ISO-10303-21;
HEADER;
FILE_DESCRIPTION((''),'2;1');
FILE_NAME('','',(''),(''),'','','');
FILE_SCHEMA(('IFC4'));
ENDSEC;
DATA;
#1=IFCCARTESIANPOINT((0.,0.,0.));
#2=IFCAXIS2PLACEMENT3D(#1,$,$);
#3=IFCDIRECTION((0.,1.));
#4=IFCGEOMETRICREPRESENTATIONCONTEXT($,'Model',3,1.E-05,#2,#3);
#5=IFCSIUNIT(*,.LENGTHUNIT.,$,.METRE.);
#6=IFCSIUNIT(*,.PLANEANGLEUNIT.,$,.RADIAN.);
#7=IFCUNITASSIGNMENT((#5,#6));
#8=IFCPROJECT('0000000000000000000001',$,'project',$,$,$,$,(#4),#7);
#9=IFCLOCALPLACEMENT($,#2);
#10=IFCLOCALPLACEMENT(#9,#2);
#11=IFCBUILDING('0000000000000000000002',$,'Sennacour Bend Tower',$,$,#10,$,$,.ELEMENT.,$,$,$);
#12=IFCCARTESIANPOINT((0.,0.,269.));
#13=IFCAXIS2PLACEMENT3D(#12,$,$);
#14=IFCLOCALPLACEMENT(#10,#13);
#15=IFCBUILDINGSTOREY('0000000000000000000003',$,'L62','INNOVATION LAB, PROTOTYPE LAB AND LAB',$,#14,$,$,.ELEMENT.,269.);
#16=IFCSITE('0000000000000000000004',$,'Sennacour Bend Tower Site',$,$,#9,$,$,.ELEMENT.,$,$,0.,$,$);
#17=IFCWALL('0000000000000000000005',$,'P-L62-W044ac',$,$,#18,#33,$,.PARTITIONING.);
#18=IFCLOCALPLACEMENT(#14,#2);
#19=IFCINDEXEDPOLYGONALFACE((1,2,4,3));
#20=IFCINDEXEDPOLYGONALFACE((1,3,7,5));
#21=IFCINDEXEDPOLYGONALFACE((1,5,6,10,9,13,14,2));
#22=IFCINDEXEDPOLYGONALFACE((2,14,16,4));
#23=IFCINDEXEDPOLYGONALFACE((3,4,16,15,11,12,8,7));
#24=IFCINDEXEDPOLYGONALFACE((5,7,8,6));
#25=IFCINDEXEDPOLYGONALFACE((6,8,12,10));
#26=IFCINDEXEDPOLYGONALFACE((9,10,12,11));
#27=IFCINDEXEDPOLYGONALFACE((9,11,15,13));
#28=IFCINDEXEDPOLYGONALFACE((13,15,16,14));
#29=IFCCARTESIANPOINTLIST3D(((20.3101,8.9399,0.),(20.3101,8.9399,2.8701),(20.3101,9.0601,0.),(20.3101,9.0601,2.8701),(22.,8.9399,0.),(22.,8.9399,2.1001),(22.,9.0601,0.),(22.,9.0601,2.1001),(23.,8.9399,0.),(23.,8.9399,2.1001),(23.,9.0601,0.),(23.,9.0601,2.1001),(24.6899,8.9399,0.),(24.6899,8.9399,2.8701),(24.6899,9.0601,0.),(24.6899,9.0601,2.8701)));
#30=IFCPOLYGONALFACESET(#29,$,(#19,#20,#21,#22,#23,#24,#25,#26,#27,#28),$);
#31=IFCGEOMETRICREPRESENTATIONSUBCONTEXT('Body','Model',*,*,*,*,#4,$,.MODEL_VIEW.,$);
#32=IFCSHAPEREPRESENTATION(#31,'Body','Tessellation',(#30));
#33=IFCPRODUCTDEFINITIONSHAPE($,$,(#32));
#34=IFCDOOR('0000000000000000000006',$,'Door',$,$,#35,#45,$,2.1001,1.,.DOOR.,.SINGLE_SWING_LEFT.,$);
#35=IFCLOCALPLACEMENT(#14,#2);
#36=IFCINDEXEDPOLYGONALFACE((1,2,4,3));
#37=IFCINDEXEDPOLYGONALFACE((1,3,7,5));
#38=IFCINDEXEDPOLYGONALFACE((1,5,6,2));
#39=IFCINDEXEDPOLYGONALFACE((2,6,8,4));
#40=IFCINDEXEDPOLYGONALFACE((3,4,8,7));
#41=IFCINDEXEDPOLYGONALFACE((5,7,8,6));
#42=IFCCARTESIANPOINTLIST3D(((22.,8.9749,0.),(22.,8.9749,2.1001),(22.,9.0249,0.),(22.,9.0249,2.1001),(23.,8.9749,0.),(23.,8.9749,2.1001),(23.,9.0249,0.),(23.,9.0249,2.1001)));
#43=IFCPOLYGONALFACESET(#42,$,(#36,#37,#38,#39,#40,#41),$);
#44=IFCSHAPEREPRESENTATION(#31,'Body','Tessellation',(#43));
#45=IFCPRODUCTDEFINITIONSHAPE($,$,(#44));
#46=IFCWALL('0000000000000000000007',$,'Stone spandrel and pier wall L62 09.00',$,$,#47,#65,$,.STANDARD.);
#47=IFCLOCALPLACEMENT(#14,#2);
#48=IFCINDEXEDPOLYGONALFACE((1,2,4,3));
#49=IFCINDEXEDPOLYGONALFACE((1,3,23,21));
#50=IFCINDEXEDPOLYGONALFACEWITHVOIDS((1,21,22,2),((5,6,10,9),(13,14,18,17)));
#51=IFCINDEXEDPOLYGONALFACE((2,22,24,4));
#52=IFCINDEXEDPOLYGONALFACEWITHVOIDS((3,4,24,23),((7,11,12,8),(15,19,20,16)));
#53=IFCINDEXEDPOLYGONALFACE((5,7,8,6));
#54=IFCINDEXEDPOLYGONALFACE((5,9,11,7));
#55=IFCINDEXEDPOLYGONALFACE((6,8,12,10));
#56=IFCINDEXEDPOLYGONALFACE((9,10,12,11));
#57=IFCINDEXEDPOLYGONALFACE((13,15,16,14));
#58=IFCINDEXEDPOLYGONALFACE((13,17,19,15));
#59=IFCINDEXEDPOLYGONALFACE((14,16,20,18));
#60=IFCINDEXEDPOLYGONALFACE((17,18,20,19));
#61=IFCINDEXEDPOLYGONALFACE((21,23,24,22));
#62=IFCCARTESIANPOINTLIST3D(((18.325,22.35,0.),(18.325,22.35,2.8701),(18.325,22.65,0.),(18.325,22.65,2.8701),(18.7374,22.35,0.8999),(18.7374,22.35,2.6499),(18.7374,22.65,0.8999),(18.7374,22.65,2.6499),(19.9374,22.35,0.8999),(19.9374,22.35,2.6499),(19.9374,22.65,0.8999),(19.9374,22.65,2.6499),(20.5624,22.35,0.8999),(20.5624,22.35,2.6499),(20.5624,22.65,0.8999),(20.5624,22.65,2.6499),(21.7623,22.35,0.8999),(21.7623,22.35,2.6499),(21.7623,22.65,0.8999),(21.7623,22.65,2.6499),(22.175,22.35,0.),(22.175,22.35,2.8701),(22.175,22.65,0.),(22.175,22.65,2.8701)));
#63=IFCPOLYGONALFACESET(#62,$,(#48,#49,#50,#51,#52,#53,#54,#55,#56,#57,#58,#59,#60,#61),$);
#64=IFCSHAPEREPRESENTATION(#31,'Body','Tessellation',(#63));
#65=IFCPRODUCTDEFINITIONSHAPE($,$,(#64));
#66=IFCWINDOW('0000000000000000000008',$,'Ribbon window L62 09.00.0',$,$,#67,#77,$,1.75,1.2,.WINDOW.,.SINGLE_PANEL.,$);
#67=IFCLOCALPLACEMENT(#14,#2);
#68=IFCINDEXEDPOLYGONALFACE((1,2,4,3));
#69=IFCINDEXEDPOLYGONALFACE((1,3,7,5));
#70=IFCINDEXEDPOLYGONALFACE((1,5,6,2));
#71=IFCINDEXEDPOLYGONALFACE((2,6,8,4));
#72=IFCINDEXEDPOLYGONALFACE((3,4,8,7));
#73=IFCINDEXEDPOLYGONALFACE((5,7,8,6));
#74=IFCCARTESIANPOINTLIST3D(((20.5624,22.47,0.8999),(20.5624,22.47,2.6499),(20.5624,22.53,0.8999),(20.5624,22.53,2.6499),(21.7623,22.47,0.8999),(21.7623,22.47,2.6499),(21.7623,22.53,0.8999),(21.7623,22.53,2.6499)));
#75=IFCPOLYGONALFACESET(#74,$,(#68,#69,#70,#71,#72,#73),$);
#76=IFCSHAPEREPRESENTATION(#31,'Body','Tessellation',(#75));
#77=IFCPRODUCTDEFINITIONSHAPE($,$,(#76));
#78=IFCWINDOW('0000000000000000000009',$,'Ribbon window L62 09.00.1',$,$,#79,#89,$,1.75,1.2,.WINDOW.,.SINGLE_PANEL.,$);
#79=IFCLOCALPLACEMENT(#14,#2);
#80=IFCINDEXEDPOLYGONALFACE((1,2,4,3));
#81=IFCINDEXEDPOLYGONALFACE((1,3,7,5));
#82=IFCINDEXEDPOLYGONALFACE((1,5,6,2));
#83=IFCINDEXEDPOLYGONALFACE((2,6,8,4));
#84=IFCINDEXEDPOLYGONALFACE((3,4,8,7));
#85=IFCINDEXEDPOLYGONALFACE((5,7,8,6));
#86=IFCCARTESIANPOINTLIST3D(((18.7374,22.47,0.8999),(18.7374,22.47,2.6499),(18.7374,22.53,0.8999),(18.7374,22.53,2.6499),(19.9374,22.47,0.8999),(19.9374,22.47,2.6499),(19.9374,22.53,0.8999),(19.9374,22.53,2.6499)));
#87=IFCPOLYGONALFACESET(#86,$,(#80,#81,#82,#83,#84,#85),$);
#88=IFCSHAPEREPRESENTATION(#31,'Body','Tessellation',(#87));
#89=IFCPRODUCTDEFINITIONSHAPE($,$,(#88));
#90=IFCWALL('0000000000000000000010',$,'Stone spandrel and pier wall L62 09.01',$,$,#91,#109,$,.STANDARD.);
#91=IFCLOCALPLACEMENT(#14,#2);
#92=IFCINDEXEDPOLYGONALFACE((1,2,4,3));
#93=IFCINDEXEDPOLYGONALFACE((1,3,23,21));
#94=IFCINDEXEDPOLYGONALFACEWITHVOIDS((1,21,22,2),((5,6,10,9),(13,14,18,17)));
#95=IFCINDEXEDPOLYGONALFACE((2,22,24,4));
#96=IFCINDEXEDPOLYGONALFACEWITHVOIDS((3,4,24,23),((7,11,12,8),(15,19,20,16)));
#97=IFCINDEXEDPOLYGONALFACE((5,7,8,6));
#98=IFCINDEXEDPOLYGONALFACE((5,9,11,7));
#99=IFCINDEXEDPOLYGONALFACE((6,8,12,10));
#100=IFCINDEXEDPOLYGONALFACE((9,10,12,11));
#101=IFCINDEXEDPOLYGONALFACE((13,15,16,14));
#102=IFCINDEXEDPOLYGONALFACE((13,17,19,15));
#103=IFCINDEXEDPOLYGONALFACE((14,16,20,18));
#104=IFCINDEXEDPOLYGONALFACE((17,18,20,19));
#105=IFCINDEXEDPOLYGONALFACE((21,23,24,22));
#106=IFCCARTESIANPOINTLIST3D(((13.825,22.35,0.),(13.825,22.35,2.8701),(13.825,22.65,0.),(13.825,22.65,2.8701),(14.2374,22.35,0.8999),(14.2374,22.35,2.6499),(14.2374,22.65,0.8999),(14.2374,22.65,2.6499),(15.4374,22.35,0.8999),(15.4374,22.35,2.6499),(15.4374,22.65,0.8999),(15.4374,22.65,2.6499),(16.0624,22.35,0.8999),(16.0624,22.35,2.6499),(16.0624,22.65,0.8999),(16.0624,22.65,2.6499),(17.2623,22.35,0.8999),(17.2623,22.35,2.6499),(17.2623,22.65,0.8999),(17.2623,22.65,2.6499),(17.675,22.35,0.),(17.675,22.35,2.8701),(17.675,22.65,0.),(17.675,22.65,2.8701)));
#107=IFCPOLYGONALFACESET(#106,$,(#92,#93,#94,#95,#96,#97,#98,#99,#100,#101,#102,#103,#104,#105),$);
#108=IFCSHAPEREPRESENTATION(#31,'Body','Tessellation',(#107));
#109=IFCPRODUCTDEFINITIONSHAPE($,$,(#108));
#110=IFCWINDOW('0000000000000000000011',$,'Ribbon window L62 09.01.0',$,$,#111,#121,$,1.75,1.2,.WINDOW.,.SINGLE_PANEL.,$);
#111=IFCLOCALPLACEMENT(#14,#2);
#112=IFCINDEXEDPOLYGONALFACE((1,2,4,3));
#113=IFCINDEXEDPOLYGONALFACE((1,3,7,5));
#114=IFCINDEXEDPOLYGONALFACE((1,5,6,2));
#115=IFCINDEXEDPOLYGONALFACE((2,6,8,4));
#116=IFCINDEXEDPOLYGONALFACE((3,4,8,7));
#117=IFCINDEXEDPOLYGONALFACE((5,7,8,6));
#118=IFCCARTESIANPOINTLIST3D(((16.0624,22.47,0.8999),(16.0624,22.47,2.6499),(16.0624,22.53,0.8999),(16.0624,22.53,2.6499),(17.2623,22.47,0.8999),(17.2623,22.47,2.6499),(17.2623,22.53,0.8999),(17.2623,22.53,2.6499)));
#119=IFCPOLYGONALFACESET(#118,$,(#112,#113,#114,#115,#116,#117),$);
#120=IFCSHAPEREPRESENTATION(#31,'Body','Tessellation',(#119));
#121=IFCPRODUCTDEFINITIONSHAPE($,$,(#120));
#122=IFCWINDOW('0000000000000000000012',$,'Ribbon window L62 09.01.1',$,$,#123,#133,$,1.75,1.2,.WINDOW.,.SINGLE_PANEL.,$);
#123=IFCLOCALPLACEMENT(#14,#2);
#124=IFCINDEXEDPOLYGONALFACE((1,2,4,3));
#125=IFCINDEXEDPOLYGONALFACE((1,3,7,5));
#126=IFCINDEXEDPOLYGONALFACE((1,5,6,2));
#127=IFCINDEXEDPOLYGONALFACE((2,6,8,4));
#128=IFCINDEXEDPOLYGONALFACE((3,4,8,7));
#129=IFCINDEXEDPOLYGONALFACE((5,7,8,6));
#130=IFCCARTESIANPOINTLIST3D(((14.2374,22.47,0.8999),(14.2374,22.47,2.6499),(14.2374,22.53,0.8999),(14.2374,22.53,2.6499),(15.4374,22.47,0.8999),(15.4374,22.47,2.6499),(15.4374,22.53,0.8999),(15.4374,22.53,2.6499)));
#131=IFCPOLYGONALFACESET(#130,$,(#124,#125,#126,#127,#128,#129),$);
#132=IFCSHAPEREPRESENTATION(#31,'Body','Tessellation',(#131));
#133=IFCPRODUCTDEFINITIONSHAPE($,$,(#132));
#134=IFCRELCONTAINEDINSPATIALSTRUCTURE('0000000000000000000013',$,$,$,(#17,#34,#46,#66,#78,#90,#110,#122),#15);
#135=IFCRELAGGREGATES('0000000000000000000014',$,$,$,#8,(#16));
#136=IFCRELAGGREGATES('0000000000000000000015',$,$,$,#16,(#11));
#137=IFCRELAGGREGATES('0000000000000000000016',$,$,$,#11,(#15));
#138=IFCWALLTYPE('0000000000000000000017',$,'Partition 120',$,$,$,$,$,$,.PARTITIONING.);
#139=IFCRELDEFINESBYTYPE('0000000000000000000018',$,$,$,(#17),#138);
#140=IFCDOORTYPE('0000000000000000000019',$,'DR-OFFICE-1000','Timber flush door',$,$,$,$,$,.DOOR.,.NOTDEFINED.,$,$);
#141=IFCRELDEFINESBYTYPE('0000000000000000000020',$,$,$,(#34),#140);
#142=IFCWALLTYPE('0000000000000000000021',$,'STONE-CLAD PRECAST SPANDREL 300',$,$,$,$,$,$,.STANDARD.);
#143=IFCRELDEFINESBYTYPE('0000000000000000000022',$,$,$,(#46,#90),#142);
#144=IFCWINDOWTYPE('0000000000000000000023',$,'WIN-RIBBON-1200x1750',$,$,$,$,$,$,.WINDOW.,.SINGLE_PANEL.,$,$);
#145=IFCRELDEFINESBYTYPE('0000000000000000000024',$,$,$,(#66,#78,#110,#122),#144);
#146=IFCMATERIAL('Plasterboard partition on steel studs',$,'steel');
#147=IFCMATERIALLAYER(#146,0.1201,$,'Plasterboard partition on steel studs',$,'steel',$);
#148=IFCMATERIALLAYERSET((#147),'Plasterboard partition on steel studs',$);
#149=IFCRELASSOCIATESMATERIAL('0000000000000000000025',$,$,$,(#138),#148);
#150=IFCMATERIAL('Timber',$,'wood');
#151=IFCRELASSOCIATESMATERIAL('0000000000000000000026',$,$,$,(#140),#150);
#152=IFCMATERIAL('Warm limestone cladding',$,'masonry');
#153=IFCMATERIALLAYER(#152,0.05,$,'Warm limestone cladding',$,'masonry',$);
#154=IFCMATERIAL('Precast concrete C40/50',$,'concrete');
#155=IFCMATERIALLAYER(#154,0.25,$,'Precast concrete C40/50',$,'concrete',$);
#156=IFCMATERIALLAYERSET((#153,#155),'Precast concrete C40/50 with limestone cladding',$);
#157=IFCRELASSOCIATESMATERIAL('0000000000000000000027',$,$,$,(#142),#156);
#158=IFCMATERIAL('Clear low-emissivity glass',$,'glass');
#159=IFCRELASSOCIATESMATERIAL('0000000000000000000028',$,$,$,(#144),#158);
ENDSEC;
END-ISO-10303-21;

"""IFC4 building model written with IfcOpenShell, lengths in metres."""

from ifc_helpers import new_model, si_unit, direction, frame, frame_2d, origin, place, context, subcontext, project, spatial, rectangle, extrude, material, layer, layer_set, type_object, element, fill, save


model = new_model("IFC4")

# Units and contexts
model_context = context("Model", 3, precision=1e-05, world=origin(), true_north=direction((0.0, 1.0)))
body_context = subcontext(model_context, "Body", "Model", "MODEL_VIEW")
ifc_project = project(units=[si_unit("LENGTHUNIT", "METRE"), si_unit("PLANEANGLEUNIT", "RADIAN")], contexts=[model_context])

# Site, building, storey
site_placement = place(None, origin())
site = spatial("IfcSite", under=ifc_project, at=site_placement, Name="Sennacour Bend Tower Site", CompositionType="ELEMENT", RefElevation=0.0)
building_placement = place(site_placement, origin())
building = spatial("IfcBuilding", under=site, at=building_placement, Name="Sennacour Bend Tower", CompositionType="ELEMENT")
storey_placement = place(building_placement, frame((0.0, 0.0, 269.0)))
storey = spatial("IfcBuildingStorey", under=building, at=storey_placement, Name="L62", Description="INNOVATION LAB, PROTOTYPE LAB AND LAB", CompositionType="ELEMENT", Elevation=269.0)

# Shared definitions
ifc_material_1 = material(Name="Plasterboard partition on steel studs", Category="steel")
ifc_layer_1 = layer(ifc_material_1, 0.1201, Name="Plasterboard partition on steel studs", Category="steel")
ifc_layer_set_1 = layer_set([ifc_layer_1], Name="Plasterboard partition on steel studs")
wall_type_1 = type_object("IfcWallType", Name="Partition 120", PredefinedType="PARTITIONING", material=ifc_layer_set_1)

# Wall, opening, door
ifc_material_2 = material(Name="Timber", Category="wood")
door_type = type_object("IfcDoorType", Name="DR-OFFICE-1000", Description="Timber flush door", OperationType="NOTDEFINED", PredefinedType="DOOR", material=ifc_material_2)
wall_1_placement = place(storey_placement, frame((20.3101, 9.0, 0.0), z_axis=(0.0, 0.0, 1.0), x_axis=(1.0, 0.0, 0.0)))
wall_1 = element("IfcWall", 1, at=wall_1_placement, inside=storey, type_object=wall_type_1, Name="P-L62-W044ac", PredefinedType="PARTITIONING", context=body_context, shape_type="SweptSolid", body=[
    extrude(rectangle(XDim=4.3799, YDim=0.1201, at=frame_2d((2.1899, 0.0))), origin(), (0.0, 0.0, 1.0), 2.8701),
])
opening_1_placement = place(wall_1_placement, frame((1.6899, 0.0, 0.0)))
opening_1 = element("IfcOpeningElement", 2, at=opening_1_placement, cuts=wall_1, PredefinedType="OPENING", context=body_context, shape_type="SweptSolid", body=[
    extrude(rectangle(XDim=1.0, YDim=2.1001, at=frame_2d((0.5, 1.05))), frame((0.0, 0.0701, 0.0), z_axis=(0.0, -1.0, 0.0), x_axis=(1.0, 0.0, 0.0)), (0.0, 0.0, 1.0), 0.1401),
])
door_1_placement = place(opening_1_placement, origin())
door_1 = element("IfcDoor", 3, at=door_1_placement, inside=storey, type_object=door_type, Name="Door", OperationType="SINGLE_SWING_LEFT", OverallHeight=2.1001, OverallWidth=1.0, PredefinedType="DOOR", context=body_context, shape_type="SweptSolid", body=[
    extrude(rectangle(XDim=1.0, YDim=2.1001, at=frame_2d((0.5, 1.05))), frame((0.0, 0.0249, 0.0), z_axis=(0.0, -1.0, 0.0), x_axis=(1.0, 0.0, 0.0)), (0.0, 0.0, 1.0), 0.05),
])
fill(opening_1, door_1)

# Walls, openings, windows
ifc_material_3 = material(Name="Warm limestone cladding", Category="masonry")
ifc_layer_2 = layer(ifc_material_3, 0.05, Name="Warm limestone cladding", Category="masonry")
ifc_material_4 = material(Name="Precast concrete C40/50", Category="concrete")
ifc_layer_3 = layer(ifc_material_4, 0.25, Name="Precast concrete C40/50", Category="concrete")
ifc_layer_set_2 = layer_set([ifc_layer_2, ifc_layer_3], Name="Precast concrete C40/50 with limestone cladding")
wall_type_2 = type_object("IfcWallType", Name="STONE-CLAD PRECAST SPANDREL 300", PredefinedType="STANDARD", material=ifc_layer_set_2)
wall_2_placement = place(storey_placement, frame((22.175, 22.5, 0.0), z_axis=(0.0, 0.0, 1.0), x_axis=(-1.0, 0.0, 0.0)))
wall_2 = element("IfcWall", 4, at=wall_2_placement, inside=storey, type_object=wall_type_2, Name="Stone spandrel and pier wall L62 09.00", PredefinedType="STANDARD", context=body_context, shape_type="SweptSolid", body=[
    extrude(rectangle(XDim=3.8501, YDim=0.3, at=frame_2d((1.925, 0.0))), origin(), (0.0, 0.0, 1.0), 2.8701),
])
opening_2_placement = place(wall_2_placement, frame((0.4126, 0.0, 0.8999)))
opening_2 = element("IfcOpeningElement", 5, at=opening_2_placement, cuts=wall_2, PredefinedType="OPENING", context=body_context, shape_type="SweptSolid", body=[
    extrude(rectangle(XDim=1.2, YDim=1.75, at=frame_2d((0.6001, 0.875))), frame((0.0, 0.1602, 0.0), z_axis=(0.0, -1.0, 0.0), x_axis=(1.0, 0.0, 0.0)), (0.0, 0.0, 1.0), 0.3201),
])
opening_3_placement = place(wall_2_placement, frame((2.2375, 0.0, 0.8999)))
opening_3 = element("IfcOpeningElement", 6, at=opening_3_placement, cuts=wall_2, PredefinedType="OPENING", context=body_context, shape_type="SweptSolid", body=[
    extrude(rectangle(XDim=1.2, YDim=1.75, at=frame_2d((0.6001, 0.875))), frame((0.0, 0.1602, 0.0), z_axis=(0.0, -1.0, 0.0), x_axis=(1.0, 0.0, 0.0)), (0.0, 0.0, 1.0), 0.3201),
])
ifc_material_5 = material(Name="Clear low-emissivity glass", Category="glass")
window_type = type_object("IfcWindowType", Name="WIN-RIBBON-1200x1750", PartitioningType="SINGLE_PANEL", PredefinedType="WINDOW", material=ifc_material_5)
window_1_placement = place(opening_2_placement, origin())
window_1 = element("IfcWindow", 7, at=window_1_placement, inside=storey, type_object=window_type, Name="Ribbon window L62 09.00.0", OverallHeight=1.75, OverallWidth=1.2, PartitioningType="SINGLE_PANEL", PredefinedType="WINDOW", context=body_context, shape_type="SweptSolid", body=[
    extrude(rectangle(XDim=1.2, YDim=1.75, at=frame_2d((0.6001, 0.875))), frame((0.0, 0.03, 0.0), z_axis=(0.0, -1.0, 0.0), x_axis=(1.0, 0.0, 0.0)), (0.0, 0.0, 1.0), 0.0601),
])
fill(opening_2, window_1)
window_2_placement = place(opening_3_placement, origin())
window_2 = element("IfcWindow", 8, at=window_2_placement, inside=storey, type_object=window_type, Name="Ribbon window L62 09.00.1", OverallHeight=1.75, OverallWidth=1.2, PartitioningType="SINGLE_PANEL", PredefinedType="WINDOW", context=body_context, shape_type="SweptSolid", body=[
    extrude(rectangle(XDim=1.2, YDim=1.75, at=frame_2d((0.6001, 0.875))), frame((0.0, 0.03, 0.0), z_axis=(0.0, -1.0, 0.0), x_axis=(1.0, 0.0, 0.0)), (0.0, 0.0, 1.0), 0.0601),
])
fill(opening_3, window_2)
wall_3_placement = place(storey_placement, frame((17.675, 22.5, 0.0), z_axis=(0.0, 0.0, 1.0), x_axis=(-1.0, 0.0, 0.0)))
wall_3 = element("IfcWall", 9, at=wall_3_placement, inside=storey, type_object=wall_type_2, Name="Stone spandrel and pier wall L62 09.01", PredefinedType="STANDARD", context=body_context, shape_type="SweptSolid", body=[
    extrude(rectangle(XDim=3.8501, YDim=0.3, at=frame_2d((1.925, 0.0))), origin(), (0.0, 0.0, 1.0), 2.8701),
])
opening_4_placement = place(wall_3_placement, frame((0.4126, 0.0, 0.8999)))
opening_4 = element("IfcOpeningElement", 10, at=opening_4_placement, cuts=wall_3, PredefinedType="OPENING", context=body_context, shape_type="SweptSolid", body=[
    extrude(rectangle(XDim=1.2, YDim=1.75, at=frame_2d((0.6001, 0.875))), frame((0.0, 0.1602, 0.0), z_axis=(0.0, -1.0, 0.0), x_axis=(1.0, 0.0, 0.0)), (0.0, 0.0, 1.0), 0.3201),
])
opening_5_placement = place(wall_3_placement, frame((2.2375, 0.0, 0.8999)))
opening_5 = element("IfcOpeningElement", 11, at=opening_5_placement, cuts=wall_3, PredefinedType="OPENING", context=body_context, shape_type="SweptSolid", body=[
    extrude(rectangle(XDim=1.2, YDim=1.75, at=frame_2d((0.6001, 0.875))), frame((0.0, 0.1602, 0.0), z_axis=(0.0, -1.0, 0.0), x_axis=(1.0, 0.0, 0.0)), (0.0, 0.0, 1.0), 0.3201),
])
window_3_placement = place(opening_4_placement, origin())
window_3 = element("IfcWindow", 12, at=window_3_placement, inside=storey, type_object=window_type, Name="Ribbon window L62 09.01.0", OverallHeight=1.75, OverallWidth=1.2, PartitioningType="SINGLE_PANEL", PredefinedType="WINDOW", context=body_context, shape_type="SweptSolid", body=[
    extrude(rectangle(XDim=1.2, YDim=1.75, at=frame_2d((0.6001, 0.875))), frame((0.0, 0.03, 0.0), z_axis=(0.0, -1.0, 0.0), x_axis=(1.0, 0.0, 0.0)), (0.0, 0.0, 1.0), 0.0601),
])
fill(opening_4, window_3)
window_4_placement = place(opening_5_placement, origin())
window_4 = element("IfcWindow", 13, at=window_4_placement, inside=storey, type_object=window_type, Name="Ribbon window L62 09.01.1", OverallHeight=1.75, OverallWidth=1.2, PartitioningType="SINGLE_PANEL", PredefinedType="WINDOW", context=body_context, shape_type="SweptSolid", body=[
    extrude(rectangle(XDim=1.2, YDim=1.75, at=frame_2d((0.6001, 0.875))), frame((0.0, 0.03, 0.0), z_axis=(0.0, -1.0, 0.0), x_axis=(1.0, 0.0, 0.0)), (0.0, 0.0, 1.0), 0.0601),
])
fill(opening_5, window_4)

save(model, "model.ifc")
